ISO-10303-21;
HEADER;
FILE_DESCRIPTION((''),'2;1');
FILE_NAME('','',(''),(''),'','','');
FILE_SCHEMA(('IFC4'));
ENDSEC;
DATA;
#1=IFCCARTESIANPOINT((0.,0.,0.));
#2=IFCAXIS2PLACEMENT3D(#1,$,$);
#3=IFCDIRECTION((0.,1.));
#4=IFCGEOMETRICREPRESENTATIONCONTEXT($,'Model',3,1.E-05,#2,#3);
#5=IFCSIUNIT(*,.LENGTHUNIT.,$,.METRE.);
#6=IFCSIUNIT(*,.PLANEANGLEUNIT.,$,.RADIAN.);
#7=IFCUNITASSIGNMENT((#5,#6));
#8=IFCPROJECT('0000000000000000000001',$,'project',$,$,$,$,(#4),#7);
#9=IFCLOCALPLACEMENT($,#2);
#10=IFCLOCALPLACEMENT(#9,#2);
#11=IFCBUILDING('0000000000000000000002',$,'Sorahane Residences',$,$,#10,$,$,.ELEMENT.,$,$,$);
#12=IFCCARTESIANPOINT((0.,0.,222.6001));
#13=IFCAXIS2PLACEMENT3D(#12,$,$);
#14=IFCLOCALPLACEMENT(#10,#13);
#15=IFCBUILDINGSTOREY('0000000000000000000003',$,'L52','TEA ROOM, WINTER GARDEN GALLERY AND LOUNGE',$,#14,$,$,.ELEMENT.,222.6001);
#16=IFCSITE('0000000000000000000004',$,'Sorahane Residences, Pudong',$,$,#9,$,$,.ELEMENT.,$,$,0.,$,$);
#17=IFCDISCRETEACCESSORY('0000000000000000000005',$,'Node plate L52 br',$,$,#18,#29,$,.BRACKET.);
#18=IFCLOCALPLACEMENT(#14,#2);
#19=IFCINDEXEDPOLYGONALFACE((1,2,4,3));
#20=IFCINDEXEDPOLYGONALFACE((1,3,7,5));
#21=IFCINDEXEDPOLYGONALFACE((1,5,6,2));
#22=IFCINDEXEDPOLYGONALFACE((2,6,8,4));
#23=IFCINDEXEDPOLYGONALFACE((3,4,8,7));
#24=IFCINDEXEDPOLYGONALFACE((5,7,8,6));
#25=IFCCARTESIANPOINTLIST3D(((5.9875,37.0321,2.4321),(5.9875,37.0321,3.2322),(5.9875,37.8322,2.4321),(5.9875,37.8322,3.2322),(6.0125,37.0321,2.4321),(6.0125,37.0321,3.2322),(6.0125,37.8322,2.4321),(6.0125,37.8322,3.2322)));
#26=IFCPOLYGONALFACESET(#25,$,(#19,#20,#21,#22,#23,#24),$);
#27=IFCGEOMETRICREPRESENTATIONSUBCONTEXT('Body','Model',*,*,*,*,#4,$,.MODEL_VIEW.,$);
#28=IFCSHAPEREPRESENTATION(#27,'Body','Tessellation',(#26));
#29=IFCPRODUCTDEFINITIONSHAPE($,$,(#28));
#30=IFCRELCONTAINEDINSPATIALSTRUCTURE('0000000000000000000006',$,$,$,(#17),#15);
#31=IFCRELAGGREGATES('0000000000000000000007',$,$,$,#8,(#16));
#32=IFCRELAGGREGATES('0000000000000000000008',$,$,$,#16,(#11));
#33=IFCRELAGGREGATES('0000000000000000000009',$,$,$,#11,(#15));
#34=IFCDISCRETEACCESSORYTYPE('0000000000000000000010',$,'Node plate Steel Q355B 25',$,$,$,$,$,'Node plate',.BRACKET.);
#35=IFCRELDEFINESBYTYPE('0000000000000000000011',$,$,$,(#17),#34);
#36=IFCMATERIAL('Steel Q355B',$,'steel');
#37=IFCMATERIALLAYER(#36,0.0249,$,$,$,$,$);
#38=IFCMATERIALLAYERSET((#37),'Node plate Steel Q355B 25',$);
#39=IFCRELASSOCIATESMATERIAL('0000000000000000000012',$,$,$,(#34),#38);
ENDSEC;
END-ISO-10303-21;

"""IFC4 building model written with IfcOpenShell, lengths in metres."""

from ifc_helpers import new_model, si_unit, direction, frame, origin, origin_2d, place, context, subcontext, project, spatial, rectangle, extrude, material, layer, layer_set, type_object, element, save


model = new_model("IFC4")

# Units and contexts
model_context = context("Model", 3, precision=1e-05, world=origin(), true_north=direction((0.0, 1.0)))
body_context = subcontext(model_context, "Body", "Model", "MODEL_VIEW")
ifc_project = project(units=[si_unit("LENGTHUNIT", "METRE"), si_unit("PLANEANGLEUNIT", "RADIAN")], contexts=[model_context])

# Site, building, storey
site_placement = place(None, origin())
site = spatial("IfcSite", under=ifc_project, at=site_placement, Name="Sorahane Residences, Pudong", CompositionType="ELEMENT", RefElevation=0.0)
building_placement = place(site_placement, origin())
building = spatial("IfcBuilding", under=site, at=building_placement, Name="Sorahane Residences", CompositionType="ELEMENT")
storey_placement = place(building_placement, frame((0.0, 0.0, 222.6001)))
storey = spatial("IfcBuildingStorey", under=building, at=storey_placement, Name="L52", Description="TEA ROOM, WINTER GARDEN GALLERY AND LOUNGE", CompositionType="ELEMENT", Elevation=222.6001)

# Discrete accessory
ifc_material_1 = material(Name="Steel Q355B", Category="steel")
ifc_layer_1 = layer(ifc_material_1, 0.0249)
ifc_layer_set_1 = layer_set([ifc_layer_1], Name="Node plate Steel Q355B 25")
discrete_accessory_type = type_object("IfcDiscreteAccessoryType", Name="Node plate Steel Q355B 25", ElementType="Node plate", PredefinedType="BRACKET", material=ifc_layer_set_1)
for number, where, z_axis, x_axis, name in (
    (1, (6.0, 37.4321, 2.4321), (0.0, 0.0, 1.0), (0.0, 1.0, 0.0), "Node plate L52 br"),
):
    element("IfcDiscreteAccessory", number, at=place(storey_placement, frame(where, z_axis=z_axis, x_axis=x_axis)), inside=storey, type_object=discrete_accessory_type, Name=name, PredefinedType="BRACKET", context=body_context, shape_type="SweptSolid", body=[
        extrude(rectangle(XDim=0.8, YDim=0.0249, at=origin_2d()), origin(), (0.0, 0.0, 1.0), 0.8),
    ])

save(model, "model.ifc")
